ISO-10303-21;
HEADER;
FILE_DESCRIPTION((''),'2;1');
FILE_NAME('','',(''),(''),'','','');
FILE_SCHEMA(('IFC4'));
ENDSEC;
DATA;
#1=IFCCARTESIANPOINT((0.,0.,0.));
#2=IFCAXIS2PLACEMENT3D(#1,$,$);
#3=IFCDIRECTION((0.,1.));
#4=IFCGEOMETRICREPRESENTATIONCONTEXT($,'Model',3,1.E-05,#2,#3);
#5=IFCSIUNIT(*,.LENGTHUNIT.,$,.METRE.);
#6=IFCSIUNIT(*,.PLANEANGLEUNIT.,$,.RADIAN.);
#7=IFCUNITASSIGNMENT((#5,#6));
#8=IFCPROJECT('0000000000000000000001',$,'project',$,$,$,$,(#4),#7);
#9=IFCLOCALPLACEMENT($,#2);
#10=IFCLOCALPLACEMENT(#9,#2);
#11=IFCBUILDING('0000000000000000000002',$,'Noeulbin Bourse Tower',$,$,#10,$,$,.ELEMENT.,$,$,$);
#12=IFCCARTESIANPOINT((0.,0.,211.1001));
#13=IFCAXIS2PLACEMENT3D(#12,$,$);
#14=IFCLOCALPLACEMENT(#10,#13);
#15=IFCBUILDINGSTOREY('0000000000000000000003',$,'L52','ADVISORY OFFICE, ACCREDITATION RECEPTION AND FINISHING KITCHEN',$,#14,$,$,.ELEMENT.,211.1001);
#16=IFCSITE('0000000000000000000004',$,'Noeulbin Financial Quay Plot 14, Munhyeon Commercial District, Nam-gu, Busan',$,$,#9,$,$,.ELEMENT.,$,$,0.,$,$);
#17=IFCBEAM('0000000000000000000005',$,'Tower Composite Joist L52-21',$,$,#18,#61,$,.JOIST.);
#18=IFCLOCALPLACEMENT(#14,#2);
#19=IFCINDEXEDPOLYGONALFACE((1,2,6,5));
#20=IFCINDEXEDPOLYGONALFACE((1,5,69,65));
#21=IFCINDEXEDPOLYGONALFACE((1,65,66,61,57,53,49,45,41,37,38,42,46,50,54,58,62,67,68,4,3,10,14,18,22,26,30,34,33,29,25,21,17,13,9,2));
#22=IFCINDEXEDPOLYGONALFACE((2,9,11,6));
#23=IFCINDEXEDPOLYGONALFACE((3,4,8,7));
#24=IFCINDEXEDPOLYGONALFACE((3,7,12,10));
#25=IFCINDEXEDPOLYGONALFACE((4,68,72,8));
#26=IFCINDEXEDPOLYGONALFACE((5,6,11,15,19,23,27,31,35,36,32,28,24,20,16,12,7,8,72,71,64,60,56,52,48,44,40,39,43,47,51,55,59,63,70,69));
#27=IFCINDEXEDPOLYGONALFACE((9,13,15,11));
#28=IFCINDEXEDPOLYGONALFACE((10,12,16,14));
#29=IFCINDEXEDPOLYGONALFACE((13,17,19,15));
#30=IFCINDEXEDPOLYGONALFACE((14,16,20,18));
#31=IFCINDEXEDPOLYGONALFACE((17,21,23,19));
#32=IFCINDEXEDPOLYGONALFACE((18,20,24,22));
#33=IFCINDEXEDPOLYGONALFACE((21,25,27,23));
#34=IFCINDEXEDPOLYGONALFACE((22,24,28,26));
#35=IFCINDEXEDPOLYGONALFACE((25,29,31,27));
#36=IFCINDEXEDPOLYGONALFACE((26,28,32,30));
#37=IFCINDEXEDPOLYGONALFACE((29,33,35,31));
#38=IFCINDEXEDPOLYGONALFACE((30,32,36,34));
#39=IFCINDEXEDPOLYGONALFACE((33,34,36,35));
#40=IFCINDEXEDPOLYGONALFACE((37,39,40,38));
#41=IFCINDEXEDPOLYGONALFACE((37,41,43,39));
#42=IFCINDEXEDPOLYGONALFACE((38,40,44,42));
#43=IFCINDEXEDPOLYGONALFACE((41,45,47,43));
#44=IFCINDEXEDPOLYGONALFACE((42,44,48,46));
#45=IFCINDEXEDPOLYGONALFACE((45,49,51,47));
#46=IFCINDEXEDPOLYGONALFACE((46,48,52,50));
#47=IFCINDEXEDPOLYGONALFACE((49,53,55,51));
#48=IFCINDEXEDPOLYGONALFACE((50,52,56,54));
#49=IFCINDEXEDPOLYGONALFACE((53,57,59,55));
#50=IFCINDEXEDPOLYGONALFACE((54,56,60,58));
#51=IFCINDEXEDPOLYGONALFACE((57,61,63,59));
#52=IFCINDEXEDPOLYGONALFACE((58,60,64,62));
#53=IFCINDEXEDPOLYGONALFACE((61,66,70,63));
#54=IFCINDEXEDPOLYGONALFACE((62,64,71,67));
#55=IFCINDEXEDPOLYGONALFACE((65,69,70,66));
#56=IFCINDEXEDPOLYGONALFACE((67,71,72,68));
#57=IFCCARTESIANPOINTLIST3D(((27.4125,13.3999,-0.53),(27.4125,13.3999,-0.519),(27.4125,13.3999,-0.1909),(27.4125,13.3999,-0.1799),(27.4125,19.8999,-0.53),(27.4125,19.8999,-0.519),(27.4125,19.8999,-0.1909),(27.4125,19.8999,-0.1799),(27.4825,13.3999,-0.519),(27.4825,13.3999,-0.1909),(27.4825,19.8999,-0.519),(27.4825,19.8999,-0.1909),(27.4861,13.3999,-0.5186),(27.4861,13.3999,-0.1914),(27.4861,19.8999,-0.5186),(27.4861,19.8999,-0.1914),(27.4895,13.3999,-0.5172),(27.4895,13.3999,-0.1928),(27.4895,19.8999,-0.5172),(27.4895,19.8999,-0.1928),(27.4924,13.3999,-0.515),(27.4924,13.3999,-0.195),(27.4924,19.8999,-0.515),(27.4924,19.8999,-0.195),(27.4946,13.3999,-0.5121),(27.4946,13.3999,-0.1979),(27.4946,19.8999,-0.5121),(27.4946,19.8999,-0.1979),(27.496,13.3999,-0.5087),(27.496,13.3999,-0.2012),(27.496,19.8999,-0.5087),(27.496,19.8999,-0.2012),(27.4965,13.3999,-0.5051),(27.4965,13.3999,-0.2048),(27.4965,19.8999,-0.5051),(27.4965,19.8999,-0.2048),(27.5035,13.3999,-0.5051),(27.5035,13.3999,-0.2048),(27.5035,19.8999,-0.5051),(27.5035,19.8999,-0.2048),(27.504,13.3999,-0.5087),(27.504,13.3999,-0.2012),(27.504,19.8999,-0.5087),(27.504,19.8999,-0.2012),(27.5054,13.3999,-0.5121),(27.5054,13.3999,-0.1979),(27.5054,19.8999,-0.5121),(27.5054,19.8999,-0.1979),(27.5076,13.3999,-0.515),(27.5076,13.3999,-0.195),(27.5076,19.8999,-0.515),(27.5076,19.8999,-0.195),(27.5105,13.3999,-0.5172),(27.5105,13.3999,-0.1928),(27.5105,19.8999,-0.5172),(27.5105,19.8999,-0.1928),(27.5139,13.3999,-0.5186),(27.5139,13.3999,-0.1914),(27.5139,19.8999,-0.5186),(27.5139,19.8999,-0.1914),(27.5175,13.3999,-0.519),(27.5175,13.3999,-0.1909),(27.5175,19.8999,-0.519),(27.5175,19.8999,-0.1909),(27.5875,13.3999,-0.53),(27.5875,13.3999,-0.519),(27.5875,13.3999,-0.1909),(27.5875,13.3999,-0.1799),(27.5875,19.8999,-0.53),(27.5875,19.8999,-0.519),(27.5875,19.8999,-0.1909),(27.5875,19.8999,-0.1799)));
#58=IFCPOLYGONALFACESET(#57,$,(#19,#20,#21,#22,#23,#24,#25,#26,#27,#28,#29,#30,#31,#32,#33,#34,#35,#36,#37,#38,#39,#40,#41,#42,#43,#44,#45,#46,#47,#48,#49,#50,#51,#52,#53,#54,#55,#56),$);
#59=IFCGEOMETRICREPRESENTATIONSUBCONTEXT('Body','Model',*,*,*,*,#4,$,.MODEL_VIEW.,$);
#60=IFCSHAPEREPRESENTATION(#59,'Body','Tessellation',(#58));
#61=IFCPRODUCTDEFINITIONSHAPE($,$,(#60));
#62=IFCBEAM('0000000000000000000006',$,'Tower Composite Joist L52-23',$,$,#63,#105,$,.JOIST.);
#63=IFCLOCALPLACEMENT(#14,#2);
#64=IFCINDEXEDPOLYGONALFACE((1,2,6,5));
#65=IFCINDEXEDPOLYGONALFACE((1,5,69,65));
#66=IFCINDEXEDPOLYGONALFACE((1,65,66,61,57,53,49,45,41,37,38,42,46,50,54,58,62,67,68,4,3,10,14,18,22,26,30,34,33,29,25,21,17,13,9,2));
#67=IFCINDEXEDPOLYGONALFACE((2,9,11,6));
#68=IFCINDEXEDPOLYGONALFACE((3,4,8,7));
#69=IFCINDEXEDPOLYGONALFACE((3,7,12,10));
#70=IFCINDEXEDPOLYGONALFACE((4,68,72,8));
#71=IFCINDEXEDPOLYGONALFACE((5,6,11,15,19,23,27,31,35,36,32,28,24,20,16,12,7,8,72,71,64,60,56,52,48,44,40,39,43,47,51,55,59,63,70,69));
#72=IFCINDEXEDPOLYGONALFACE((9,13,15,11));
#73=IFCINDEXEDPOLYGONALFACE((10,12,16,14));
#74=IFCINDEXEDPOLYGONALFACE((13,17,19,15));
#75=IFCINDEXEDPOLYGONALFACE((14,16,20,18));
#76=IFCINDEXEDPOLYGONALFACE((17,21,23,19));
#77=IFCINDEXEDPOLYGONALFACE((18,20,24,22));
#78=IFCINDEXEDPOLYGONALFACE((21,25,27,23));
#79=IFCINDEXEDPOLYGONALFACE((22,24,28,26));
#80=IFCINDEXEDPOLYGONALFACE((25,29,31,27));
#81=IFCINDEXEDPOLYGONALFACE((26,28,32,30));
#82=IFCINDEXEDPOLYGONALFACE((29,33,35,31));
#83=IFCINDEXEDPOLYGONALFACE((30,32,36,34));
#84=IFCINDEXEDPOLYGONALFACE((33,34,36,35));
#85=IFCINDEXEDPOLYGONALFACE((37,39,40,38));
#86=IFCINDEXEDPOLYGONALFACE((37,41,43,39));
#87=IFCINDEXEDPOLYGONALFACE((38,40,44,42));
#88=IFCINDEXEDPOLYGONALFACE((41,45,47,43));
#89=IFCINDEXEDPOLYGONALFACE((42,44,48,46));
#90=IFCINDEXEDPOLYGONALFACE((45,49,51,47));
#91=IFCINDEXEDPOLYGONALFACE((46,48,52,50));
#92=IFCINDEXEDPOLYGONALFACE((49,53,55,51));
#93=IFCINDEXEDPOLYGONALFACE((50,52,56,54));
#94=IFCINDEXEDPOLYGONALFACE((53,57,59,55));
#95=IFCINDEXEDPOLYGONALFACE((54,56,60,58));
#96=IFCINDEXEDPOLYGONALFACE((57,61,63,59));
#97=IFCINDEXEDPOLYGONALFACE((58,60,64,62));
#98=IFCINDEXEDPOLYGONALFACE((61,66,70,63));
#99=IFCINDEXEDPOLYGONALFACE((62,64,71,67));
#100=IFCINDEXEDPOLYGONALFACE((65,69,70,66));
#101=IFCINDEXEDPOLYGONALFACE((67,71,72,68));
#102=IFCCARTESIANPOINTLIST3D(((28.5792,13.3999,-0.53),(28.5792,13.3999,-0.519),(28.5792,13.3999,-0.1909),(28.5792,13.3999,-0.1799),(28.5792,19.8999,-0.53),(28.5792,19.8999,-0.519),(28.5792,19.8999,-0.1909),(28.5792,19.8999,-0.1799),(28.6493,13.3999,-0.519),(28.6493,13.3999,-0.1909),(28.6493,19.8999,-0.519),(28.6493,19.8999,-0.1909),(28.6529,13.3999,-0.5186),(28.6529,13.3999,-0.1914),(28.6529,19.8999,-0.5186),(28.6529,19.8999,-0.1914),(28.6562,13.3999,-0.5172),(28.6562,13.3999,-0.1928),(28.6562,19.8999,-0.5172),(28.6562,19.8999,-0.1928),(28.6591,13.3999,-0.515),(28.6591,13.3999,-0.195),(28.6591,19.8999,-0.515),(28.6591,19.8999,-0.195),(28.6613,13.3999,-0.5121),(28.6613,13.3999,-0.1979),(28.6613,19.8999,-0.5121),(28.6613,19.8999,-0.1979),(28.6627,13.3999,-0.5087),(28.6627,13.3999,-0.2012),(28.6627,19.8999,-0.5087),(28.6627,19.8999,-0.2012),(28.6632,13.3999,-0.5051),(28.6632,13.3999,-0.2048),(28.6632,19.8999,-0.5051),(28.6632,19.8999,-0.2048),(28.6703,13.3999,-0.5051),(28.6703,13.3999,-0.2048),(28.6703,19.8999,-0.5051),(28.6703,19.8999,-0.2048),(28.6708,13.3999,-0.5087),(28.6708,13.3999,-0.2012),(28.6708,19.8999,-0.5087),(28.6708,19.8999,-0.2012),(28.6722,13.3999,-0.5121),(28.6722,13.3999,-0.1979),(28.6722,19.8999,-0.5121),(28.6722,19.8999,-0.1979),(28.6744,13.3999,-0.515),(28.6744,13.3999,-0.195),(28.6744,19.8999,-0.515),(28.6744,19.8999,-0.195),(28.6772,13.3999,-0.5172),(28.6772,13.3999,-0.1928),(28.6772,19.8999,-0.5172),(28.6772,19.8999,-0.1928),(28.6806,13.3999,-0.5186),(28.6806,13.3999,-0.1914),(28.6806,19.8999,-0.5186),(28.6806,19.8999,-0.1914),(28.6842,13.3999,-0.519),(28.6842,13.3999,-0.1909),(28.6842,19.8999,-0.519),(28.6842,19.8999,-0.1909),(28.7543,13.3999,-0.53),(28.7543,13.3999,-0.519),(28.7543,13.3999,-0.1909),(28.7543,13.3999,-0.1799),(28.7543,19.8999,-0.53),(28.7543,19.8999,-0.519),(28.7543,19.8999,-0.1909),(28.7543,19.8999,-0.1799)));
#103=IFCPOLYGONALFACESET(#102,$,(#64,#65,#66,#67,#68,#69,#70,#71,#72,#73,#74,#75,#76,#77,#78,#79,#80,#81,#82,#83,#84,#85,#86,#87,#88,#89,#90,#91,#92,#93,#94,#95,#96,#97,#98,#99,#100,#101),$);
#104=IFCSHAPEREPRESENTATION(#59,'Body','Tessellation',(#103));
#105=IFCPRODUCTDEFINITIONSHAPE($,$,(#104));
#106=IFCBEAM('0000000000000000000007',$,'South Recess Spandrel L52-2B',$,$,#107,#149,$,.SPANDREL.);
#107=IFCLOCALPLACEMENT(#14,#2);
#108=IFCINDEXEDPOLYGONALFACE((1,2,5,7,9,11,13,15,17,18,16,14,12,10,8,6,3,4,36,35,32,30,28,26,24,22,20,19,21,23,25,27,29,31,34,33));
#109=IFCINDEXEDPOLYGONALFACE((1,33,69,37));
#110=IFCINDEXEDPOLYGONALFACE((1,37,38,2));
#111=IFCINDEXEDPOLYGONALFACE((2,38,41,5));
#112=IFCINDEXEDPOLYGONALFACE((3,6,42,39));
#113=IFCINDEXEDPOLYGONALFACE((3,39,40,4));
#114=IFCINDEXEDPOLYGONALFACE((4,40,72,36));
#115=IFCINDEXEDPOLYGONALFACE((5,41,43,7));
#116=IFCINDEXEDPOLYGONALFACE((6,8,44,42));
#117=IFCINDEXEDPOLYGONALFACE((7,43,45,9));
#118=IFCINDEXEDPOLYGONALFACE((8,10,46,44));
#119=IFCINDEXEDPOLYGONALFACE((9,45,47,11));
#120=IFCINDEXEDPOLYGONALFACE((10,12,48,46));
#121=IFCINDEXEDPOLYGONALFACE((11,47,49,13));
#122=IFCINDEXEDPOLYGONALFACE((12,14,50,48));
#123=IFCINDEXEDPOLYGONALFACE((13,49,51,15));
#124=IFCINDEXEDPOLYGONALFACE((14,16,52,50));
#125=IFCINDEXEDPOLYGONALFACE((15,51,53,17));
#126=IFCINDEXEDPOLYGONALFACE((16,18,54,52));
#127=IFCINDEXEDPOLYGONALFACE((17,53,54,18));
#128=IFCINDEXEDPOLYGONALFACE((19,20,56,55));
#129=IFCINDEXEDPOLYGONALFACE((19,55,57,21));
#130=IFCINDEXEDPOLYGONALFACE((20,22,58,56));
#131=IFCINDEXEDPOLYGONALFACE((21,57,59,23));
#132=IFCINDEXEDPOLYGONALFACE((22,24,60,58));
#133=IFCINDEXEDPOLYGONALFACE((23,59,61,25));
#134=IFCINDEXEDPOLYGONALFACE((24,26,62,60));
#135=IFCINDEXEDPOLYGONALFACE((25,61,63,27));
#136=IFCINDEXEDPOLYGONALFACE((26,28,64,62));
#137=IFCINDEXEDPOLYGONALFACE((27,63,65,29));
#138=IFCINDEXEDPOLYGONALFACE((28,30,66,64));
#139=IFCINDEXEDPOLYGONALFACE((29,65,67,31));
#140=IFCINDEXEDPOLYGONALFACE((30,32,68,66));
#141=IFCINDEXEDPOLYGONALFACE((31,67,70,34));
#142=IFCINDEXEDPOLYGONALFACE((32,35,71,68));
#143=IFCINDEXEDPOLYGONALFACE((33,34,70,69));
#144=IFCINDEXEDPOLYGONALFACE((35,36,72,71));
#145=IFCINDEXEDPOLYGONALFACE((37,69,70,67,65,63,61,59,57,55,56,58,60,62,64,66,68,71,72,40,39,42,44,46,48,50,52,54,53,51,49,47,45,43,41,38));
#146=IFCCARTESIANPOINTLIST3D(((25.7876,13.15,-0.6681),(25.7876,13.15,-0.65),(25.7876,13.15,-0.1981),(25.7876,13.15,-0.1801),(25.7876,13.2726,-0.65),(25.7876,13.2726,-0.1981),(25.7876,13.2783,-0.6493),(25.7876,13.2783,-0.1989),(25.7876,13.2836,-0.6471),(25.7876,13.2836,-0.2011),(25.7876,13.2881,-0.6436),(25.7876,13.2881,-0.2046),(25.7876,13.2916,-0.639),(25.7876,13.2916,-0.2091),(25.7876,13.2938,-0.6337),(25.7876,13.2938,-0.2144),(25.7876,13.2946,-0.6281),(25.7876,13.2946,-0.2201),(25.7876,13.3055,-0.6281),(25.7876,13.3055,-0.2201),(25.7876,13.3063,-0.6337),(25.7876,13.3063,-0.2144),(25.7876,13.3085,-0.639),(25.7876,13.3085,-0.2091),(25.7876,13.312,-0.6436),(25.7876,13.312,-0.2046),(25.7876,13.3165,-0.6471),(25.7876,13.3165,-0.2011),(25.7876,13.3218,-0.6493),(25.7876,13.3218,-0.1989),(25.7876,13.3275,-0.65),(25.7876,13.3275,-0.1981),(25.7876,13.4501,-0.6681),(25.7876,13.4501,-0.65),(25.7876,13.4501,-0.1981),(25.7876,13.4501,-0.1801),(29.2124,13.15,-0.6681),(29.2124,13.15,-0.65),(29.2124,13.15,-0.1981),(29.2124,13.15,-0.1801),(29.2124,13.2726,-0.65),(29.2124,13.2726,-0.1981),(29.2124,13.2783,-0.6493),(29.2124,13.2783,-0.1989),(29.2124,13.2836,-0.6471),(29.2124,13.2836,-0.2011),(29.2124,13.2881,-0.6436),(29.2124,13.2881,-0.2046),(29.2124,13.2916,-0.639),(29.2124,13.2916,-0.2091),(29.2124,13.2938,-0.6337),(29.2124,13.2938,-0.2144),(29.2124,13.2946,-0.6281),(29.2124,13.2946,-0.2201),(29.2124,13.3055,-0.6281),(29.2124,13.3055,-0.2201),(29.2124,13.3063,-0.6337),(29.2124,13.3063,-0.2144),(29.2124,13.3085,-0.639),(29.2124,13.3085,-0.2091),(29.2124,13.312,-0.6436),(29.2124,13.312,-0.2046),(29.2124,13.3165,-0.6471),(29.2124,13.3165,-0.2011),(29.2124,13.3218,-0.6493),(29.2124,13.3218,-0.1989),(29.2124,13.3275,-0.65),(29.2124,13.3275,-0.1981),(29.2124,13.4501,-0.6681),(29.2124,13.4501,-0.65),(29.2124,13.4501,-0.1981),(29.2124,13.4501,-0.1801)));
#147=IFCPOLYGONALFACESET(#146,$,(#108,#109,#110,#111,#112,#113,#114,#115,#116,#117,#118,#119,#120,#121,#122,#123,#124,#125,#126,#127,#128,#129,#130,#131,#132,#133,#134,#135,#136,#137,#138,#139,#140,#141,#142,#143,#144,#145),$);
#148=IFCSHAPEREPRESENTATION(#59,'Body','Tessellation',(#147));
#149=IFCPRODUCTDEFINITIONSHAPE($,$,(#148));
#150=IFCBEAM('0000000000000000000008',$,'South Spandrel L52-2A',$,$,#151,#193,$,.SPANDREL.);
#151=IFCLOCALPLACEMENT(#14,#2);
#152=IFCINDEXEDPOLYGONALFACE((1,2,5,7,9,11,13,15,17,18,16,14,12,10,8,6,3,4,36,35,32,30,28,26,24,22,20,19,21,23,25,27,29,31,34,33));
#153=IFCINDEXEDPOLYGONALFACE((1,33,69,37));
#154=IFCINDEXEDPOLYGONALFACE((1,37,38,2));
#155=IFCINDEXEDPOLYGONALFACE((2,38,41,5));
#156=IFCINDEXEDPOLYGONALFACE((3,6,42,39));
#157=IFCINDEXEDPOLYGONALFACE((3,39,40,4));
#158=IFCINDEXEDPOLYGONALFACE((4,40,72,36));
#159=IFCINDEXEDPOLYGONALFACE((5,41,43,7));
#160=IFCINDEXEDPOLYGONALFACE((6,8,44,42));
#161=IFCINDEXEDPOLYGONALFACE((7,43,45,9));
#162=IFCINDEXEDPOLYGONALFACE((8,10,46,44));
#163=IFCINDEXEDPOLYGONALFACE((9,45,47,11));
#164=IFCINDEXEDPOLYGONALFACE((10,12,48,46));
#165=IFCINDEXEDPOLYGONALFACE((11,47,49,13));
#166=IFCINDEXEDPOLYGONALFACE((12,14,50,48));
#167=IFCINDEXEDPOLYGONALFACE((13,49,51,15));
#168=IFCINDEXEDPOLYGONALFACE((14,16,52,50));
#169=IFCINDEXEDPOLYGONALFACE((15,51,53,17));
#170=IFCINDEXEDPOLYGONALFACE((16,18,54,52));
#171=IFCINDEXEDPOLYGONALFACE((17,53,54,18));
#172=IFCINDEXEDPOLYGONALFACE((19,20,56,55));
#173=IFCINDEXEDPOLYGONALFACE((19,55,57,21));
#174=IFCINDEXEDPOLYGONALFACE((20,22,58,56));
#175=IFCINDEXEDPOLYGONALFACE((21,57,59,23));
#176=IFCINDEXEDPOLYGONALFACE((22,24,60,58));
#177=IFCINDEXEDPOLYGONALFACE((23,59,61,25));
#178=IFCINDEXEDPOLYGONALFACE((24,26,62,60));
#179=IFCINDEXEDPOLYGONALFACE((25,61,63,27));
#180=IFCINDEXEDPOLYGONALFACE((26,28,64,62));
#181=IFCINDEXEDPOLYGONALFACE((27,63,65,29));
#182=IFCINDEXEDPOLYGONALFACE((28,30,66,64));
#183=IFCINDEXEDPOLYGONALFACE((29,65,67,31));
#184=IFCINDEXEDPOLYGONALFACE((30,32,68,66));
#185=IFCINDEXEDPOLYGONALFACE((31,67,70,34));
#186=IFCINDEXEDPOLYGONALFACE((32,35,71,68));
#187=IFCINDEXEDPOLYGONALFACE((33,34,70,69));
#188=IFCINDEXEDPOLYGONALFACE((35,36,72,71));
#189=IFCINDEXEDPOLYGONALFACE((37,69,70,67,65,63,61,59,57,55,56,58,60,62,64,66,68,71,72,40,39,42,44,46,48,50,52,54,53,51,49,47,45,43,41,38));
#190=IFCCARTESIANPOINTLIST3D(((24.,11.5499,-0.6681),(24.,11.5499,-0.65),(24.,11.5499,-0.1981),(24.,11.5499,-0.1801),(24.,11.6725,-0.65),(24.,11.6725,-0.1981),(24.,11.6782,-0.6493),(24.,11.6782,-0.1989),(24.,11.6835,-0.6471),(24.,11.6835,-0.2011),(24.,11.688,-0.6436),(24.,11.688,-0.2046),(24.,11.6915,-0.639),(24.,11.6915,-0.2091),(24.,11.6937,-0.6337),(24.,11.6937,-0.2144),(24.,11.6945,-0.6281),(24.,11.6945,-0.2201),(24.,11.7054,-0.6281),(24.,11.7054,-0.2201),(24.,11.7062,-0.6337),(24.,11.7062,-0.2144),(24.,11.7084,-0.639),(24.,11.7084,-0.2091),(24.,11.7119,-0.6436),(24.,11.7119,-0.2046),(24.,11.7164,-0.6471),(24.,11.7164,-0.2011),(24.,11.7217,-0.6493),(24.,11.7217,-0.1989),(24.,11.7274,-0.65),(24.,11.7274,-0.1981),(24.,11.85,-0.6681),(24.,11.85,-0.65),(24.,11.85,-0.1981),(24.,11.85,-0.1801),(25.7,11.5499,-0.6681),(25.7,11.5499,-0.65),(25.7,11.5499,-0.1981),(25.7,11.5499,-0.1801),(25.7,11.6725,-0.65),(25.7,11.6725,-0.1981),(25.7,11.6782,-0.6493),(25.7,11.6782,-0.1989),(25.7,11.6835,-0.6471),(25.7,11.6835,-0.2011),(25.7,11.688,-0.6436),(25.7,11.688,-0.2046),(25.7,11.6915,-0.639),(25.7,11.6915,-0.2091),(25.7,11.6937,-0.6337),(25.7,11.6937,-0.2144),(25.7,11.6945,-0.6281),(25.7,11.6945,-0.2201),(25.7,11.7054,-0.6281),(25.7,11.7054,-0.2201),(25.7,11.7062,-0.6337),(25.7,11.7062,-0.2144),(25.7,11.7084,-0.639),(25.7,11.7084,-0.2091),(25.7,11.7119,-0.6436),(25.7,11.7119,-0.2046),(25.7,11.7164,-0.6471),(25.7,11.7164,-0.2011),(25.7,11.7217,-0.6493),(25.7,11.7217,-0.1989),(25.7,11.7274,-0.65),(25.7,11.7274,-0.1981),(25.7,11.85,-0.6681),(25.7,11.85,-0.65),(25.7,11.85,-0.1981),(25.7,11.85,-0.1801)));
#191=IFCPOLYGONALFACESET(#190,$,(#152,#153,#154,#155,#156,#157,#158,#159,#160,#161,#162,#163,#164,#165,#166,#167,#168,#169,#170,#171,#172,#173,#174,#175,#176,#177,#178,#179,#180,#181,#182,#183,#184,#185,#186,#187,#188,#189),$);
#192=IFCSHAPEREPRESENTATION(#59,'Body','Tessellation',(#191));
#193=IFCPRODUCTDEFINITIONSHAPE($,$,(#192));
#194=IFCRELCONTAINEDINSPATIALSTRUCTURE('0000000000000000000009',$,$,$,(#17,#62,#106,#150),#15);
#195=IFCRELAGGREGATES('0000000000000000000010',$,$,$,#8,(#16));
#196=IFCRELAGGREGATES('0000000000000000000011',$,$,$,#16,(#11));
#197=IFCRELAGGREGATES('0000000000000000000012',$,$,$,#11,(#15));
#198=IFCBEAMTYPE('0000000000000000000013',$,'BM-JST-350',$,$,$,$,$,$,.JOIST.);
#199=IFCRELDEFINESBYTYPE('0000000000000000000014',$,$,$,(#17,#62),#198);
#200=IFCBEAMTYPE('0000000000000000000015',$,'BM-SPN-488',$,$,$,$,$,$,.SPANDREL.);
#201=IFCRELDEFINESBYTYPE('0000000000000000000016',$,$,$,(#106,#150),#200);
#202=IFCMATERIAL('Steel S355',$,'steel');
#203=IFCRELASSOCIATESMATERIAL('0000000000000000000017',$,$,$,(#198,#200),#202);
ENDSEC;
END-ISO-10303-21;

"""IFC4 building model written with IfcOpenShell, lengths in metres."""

from ifc_helpers import new_model, si_unit, direction, frame, origin, origin_2d, place, context, subcontext, project, spatial, i_section, extrude, material, material_profile, profile_set, type_object, element, save


model = new_model("IFC4")

# Units and contexts
model_context = context("Model", 3, precision=1e-05, world=origin(), true_north=direction((0.0, 1.0)))
body_context = subcontext(model_context, "Body", "Model", "MODEL_VIEW")
ifc_project = project(units=[si_unit("LENGTHUNIT", "METRE"), si_unit("PLANEANGLEUNIT", "RADIAN")], contexts=[model_context])

# Site, building, storey
site_placement = place(None, origin())
site = spatial("IfcSite", under=ifc_project, at=site_placement, Name="Noeulbin Financial Quay Plot 14, Munhyeon Commercial District, Nam-gu, Busan", CompositionType="ELEMENT", RefElevation=0.0)
building_placement = place(site_placement, origin())
building = spatial("IfcBuilding", under=site, at=building_placement, Name="Noeulbin Bourse Tower", CompositionType="ELEMENT")
storey_placement = place(building_placement, frame((0.0, 0.0, 211.1001)))
storey = spatial("IfcBuildingStorey", under=building, at=storey_placement, Name="L52", Description="ADVISORY OFFICE, ACCREDITATION RECEPTION AND FINISHING KITCHEN", CompositionType="ELEMENT", Elevation=211.1001)

# Shared definitions
ifc_material_1 = material(Name="Steel S355", Category="steel")

# Beams
ifc_material_profile_1 = material_profile(ifc_material_1, i_section(OverallWidth=0.175, OverallDepth=0.3501, WebThickness=0.0071, FlangeThickness=0.011, FilletRadius=0.0139, at=origin_2d()), Name="H-350x175x7x11", Category="LoadBearing")
ifc_profile_set_1 = profile_set([ifc_material_profile_1], Name="Steel S355")
beam_type_1 = type_object("IfcBeamType", Name="BM-JST-350", PredefinedType="JOIST", material=ifc_profile_set_1)
for number, where, z_axis, x_axis, name in (
    (1, (27.5, 13.3999, -0.355), (0.0, 1.0, 0.0), (-1.0, 0.0, 0.0), "Tower Composite Joist L52-21"),
    (2, (28.6667, 13.3999, -0.355), (0.0, 1.0, 0.0), (-1.0, 0.0, 0.0), "Tower Composite Joist L52-23"),
):
    element("IfcBeam", number, at=place(storey_placement, frame(where, z_axis=z_axis, x_axis=x_axis)), inside=storey, type_object=beam_type_1, Name=name, PredefinedType="JOIST", context=body_context, shape_type="SweptSolid", body=[
        extrude(i_section(OverallWidth=0.175, OverallDepth=0.3501, WebThickness=0.0071, FlangeThickness=0.011, FilletRadius=0.0139, at=origin_2d()), origin(), (0.0, 0.0, 1.0), 6.5),
    ])
ifc_material_profile_2 = material_profile(ifc_material_1, i_section(OverallWidth=0.3, OverallDepth=0.488, WebThickness=0.011, FlangeThickness=0.0181, FilletRadius=0.022, at=origin_2d()), Name="H-488x300x11x18", Category="LoadBearing")
ifc_profile_set_2 = profile_set([ifc_material_profile_2], Name="Steel S355")
beam_type_2 = type_object("IfcBeamType", Name="BM-SPN-488", PredefinedType="SPANDREL", material=ifc_profile_set_2)
beam_1_placement = place(storey_placement, frame((25.7876, 13.3, -0.4241), z_axis=(1.0, 0.0, 0.0), x_axis=(0.0, 1.0, 0.0)))
element("IfcBeam", 3, at=beam_1_placement, inside=storey, type_object=beam_type_2, Name="South Recess Spandrel L52-2B", PredefinedType="SPANDREL", context=body_context, shape_type="SweptSolid", body=[
    extrude(i_section(OverallWidth=0.3, OverallDepth=0.488, WebThickness=0.011, FlangeThickness=0.0181, FilletRadius=0.022, at=origin_2d()), origin(), (0.0, 0.0, 1.0), 3.4248),
])
for number, where, z_axis, x_axis, name in (
    (4, (24.0, 11.7, -0.4241), (1.0, 0.0, 0.0), (0.0, 1.0, 0.0), "South Spandrel L52-2A"),
):
    element("IfcBeam", number, at=place(storey_placement, frame(where, z_axis=z_axis, x_axis=x_axis)), inside=storey, type_object=beam_type_2, Name=name, PredefinedType="SPANDREL", context=body_context, shape_type="SweptSolid", body=[
        extrude(i_section(OverallWidth=0.3, OverallDepth=0.488, WebThickness=0.011, FlangeThickness=0.0181, FilletRadius=0.022, at=origin_2d()), origin(), (0.0, 0.0, 1.0), 1.7),
    ])

save(model, "model.ifc")
